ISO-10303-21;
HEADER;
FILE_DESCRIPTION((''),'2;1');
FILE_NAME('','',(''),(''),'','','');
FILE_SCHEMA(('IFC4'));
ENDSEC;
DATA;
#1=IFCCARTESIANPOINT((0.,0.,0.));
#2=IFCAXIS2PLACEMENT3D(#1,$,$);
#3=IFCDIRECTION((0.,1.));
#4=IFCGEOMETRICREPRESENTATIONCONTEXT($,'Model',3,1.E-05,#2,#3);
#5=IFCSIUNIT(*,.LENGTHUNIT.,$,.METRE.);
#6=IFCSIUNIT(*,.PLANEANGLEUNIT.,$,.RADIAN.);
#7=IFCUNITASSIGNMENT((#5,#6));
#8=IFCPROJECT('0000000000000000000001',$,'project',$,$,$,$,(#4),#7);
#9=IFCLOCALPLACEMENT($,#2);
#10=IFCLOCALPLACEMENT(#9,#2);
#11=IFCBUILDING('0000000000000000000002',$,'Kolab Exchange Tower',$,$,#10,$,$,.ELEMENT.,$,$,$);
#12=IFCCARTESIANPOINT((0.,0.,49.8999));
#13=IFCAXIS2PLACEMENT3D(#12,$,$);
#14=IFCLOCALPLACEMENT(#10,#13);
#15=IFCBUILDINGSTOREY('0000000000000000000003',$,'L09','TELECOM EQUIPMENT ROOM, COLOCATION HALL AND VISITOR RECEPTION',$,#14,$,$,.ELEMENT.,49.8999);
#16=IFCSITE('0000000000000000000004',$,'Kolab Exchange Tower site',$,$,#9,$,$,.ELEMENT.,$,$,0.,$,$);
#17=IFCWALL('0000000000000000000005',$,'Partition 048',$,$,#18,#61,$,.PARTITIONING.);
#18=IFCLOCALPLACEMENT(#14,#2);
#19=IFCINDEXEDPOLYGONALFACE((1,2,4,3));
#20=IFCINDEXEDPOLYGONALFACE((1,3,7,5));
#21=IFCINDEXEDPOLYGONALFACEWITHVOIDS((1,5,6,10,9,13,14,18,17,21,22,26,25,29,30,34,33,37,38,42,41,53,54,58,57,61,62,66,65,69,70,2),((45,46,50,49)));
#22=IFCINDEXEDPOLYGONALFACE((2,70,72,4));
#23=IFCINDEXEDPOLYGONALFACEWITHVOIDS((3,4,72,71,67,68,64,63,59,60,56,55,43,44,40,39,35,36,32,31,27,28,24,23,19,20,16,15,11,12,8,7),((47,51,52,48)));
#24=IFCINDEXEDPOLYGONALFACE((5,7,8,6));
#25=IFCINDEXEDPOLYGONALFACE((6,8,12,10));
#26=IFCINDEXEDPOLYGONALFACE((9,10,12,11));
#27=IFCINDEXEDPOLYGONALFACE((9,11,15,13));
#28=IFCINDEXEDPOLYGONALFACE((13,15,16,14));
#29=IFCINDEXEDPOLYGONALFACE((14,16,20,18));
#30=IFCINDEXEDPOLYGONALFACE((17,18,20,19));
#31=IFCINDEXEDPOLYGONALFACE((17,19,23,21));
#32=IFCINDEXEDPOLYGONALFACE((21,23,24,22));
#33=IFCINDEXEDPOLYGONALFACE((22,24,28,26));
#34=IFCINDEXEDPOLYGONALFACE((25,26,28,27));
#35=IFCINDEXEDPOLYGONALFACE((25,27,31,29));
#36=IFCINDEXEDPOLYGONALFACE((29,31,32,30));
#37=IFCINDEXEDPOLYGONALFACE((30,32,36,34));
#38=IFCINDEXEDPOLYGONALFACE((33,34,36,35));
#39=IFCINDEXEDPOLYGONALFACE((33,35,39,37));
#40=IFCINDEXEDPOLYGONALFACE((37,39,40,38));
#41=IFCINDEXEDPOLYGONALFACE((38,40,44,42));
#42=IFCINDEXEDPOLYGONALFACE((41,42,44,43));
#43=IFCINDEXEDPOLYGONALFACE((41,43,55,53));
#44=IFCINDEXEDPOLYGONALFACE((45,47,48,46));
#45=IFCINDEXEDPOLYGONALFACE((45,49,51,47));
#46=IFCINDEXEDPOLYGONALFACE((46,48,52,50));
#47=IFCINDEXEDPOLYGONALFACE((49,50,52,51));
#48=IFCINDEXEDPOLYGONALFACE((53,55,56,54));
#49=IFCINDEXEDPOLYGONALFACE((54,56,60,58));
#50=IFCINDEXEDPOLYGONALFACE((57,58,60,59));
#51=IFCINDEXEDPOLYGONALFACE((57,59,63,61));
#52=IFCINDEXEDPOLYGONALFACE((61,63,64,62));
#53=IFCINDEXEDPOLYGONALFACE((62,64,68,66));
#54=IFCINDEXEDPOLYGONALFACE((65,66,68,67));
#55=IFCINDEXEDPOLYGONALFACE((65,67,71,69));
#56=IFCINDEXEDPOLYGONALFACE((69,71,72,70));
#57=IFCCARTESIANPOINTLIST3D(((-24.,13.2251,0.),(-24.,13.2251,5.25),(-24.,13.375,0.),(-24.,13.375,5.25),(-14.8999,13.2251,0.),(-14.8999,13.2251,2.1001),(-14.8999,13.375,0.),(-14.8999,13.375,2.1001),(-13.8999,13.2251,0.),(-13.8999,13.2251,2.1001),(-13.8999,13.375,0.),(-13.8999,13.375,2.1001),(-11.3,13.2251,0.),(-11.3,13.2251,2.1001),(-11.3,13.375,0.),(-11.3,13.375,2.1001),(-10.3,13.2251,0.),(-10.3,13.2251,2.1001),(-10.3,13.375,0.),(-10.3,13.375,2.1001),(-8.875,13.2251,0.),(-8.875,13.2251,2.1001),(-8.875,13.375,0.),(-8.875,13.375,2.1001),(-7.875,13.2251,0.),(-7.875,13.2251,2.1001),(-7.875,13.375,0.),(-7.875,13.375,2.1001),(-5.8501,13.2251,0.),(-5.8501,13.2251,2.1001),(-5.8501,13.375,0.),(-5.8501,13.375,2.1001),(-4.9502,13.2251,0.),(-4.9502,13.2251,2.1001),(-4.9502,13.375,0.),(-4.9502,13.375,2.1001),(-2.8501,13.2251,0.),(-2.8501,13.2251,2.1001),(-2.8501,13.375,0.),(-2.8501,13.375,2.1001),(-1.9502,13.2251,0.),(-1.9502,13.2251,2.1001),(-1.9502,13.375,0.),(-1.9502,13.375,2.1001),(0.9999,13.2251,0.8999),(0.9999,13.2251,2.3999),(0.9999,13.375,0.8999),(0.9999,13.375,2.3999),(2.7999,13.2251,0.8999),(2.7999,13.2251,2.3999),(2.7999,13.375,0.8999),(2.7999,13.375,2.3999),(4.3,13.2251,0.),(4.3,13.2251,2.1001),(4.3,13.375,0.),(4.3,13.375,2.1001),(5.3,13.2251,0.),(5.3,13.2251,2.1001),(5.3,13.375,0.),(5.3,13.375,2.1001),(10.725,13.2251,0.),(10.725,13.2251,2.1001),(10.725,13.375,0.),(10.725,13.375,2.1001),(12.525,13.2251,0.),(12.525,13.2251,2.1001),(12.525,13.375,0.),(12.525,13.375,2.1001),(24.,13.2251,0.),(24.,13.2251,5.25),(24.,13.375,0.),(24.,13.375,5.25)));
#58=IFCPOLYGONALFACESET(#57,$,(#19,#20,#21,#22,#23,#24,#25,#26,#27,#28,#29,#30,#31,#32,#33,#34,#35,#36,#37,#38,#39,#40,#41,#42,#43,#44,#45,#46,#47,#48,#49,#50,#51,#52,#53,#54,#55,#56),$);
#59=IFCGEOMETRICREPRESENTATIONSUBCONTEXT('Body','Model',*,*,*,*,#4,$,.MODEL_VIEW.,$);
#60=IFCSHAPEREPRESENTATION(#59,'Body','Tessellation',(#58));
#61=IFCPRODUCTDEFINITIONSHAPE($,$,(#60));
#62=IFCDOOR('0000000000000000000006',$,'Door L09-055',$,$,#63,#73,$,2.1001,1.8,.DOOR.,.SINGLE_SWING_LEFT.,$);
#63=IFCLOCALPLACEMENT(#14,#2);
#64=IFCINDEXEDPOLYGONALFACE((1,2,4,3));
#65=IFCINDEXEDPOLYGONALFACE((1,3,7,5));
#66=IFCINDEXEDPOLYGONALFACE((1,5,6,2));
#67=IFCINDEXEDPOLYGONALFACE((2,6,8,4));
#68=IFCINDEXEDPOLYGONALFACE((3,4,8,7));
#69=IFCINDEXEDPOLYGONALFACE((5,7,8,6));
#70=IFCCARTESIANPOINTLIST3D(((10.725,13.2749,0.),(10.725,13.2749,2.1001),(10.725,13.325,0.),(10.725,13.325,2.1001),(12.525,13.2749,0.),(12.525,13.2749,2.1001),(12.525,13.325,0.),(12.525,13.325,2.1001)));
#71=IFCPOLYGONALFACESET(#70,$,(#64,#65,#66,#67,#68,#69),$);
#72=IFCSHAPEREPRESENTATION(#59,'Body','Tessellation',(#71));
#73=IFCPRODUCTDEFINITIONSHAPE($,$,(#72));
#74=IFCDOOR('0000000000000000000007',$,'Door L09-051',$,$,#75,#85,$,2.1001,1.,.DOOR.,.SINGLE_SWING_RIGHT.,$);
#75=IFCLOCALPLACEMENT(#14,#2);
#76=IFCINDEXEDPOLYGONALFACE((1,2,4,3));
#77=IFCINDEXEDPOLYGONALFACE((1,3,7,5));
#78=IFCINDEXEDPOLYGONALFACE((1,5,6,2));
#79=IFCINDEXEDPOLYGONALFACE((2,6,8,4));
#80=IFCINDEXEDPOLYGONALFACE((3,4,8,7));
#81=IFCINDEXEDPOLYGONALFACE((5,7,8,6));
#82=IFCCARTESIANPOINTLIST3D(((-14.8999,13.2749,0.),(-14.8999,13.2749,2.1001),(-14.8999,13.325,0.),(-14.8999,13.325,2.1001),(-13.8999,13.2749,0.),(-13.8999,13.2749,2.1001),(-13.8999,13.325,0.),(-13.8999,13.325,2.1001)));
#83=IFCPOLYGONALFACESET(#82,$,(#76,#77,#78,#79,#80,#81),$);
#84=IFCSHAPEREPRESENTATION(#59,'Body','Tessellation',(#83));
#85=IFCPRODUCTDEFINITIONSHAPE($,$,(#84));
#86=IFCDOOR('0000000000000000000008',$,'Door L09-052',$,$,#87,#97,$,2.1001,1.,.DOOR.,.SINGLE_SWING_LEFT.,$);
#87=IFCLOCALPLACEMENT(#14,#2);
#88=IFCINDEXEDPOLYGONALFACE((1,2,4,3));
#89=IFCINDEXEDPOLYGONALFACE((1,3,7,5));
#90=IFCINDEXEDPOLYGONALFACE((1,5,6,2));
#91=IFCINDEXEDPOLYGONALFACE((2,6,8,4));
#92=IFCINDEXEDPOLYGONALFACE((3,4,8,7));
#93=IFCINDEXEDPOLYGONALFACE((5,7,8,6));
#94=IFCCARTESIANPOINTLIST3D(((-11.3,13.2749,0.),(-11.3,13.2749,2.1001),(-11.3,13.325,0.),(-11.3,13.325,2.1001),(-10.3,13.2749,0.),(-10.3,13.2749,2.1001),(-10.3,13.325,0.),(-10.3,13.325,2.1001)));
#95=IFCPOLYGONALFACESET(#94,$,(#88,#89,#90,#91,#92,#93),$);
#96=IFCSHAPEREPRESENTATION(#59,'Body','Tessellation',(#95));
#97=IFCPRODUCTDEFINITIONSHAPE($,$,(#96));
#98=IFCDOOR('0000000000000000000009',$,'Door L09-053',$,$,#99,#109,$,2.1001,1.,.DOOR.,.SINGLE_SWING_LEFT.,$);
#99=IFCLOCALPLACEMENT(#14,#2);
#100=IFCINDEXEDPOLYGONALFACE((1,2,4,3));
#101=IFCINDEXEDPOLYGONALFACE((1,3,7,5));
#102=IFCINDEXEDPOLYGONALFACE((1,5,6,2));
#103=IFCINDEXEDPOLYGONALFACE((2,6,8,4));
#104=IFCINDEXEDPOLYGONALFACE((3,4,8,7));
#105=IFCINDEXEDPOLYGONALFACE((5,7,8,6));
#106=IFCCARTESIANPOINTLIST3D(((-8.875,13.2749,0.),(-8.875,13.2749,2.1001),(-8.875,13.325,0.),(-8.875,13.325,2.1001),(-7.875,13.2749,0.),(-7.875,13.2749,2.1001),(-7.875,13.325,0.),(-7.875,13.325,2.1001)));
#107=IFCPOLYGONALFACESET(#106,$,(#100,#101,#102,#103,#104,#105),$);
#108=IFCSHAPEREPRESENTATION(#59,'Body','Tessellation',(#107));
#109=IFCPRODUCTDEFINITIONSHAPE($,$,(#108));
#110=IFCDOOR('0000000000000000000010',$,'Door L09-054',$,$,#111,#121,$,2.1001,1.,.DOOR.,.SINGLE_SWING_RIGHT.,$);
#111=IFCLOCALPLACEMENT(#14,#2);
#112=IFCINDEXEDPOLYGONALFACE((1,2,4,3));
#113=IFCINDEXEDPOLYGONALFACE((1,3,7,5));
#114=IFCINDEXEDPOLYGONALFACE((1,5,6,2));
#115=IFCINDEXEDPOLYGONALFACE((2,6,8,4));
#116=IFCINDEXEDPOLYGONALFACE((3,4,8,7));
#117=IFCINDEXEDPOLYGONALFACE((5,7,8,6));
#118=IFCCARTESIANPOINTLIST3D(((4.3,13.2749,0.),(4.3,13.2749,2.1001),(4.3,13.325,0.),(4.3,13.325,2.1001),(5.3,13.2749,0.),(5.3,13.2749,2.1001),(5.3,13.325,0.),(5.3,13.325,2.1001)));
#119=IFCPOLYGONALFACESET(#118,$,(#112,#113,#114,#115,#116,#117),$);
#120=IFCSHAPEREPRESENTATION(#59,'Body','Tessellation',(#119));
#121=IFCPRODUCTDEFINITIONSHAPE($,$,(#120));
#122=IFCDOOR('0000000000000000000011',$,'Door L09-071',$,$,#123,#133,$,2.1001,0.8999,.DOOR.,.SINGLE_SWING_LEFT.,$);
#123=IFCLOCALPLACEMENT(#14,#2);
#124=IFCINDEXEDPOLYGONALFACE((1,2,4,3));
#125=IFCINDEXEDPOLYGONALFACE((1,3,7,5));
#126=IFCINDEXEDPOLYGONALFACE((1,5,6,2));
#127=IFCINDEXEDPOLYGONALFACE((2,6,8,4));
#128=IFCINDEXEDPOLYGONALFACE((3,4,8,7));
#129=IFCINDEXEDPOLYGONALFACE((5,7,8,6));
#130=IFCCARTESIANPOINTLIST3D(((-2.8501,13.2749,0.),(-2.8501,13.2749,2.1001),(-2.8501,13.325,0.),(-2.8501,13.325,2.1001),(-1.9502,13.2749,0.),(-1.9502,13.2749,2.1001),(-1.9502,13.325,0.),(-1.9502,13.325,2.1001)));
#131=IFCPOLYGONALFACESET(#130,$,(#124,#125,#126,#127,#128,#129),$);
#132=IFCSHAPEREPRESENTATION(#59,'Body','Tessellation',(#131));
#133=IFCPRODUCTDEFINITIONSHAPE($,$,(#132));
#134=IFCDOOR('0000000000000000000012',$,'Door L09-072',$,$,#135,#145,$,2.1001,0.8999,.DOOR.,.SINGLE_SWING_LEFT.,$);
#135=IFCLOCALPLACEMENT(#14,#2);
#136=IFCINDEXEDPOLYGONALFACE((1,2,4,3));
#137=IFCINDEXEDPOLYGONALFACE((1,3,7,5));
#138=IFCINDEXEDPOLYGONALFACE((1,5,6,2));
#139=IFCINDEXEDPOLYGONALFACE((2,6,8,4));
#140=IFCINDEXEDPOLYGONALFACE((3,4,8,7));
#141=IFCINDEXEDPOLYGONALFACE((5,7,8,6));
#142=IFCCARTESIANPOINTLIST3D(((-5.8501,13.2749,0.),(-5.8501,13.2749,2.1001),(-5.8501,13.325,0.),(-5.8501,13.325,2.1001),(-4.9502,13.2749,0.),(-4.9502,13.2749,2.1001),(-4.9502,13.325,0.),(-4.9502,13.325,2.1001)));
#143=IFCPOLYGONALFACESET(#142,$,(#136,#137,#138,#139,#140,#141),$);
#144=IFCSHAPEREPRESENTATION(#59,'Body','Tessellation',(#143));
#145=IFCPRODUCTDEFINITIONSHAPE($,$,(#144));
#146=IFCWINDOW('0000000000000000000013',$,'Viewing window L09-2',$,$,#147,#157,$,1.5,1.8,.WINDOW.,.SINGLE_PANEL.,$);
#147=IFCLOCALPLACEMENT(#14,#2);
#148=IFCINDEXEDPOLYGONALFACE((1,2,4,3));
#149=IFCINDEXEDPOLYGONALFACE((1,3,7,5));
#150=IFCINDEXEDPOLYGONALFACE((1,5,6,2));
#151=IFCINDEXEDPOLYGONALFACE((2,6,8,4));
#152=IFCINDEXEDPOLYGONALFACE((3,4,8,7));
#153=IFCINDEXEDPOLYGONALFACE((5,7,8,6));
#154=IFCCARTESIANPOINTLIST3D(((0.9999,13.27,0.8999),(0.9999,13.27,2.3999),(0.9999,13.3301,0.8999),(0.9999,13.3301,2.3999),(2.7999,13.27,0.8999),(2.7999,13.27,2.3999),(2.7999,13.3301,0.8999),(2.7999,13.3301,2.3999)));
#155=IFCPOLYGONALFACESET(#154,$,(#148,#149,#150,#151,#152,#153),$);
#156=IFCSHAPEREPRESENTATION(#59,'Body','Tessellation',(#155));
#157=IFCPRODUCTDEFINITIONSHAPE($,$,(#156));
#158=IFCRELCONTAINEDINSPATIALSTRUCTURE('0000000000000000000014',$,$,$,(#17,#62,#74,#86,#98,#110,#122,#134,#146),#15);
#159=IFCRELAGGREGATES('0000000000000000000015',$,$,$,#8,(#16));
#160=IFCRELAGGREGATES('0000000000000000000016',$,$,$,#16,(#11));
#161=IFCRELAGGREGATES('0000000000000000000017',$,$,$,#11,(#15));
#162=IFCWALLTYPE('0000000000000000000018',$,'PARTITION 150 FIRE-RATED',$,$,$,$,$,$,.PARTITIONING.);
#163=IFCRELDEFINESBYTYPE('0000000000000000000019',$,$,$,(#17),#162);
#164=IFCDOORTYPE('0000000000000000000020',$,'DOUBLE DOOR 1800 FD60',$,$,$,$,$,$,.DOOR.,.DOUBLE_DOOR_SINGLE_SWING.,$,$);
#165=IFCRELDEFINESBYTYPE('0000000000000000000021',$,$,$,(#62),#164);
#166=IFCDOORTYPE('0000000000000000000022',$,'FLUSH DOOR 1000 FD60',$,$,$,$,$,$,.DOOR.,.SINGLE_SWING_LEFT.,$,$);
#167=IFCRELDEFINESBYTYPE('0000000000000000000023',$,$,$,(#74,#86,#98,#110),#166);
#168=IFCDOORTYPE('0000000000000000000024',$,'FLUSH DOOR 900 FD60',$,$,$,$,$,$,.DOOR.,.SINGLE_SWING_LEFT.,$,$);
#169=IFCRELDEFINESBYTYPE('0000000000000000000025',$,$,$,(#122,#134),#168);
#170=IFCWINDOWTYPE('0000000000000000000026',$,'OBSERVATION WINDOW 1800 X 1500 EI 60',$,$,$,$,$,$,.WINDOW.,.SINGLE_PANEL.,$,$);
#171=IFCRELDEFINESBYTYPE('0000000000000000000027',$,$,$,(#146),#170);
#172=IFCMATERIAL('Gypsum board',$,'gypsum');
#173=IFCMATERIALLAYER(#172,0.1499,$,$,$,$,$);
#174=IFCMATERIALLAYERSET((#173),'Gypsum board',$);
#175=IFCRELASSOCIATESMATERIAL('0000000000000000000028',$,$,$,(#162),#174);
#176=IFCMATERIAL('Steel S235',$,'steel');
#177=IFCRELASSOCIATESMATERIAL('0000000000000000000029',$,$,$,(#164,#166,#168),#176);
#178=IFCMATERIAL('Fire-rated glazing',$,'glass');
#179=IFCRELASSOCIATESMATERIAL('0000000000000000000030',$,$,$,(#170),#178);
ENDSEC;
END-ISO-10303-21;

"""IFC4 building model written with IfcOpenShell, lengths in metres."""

from ifc_helpers import new_model, si_unit, direction, frame, frame_2d, origin, place, context, subcontext, project, spatial, rectangle, extrude, material, layer, layer_set, type_object, element, fill, save


model = new_model("IFC4")

# Units and contexts
model_context = context("Model", 3, precision=1e-05, world=origin(), true_north=direction((0.0, 1.0)))
body_context = subcontext(model_context, "Body", "Model", "MODEL_VIEW")
ifc_project = project(units=[si_unit("LENGTHUNIT", "METRE"), si_unit("PLANEANGLEUNIT", "RADIAN")], contexts=[model_context])

# Site, building, storey
site_placement = place(None, origin())
site = spatial("IfcSite", under=ifc_project, at=site_placement, Name="Kolab Exchange Tower site", CompositionType="ELEMENT", RefElevation=0.0)
building_placement = place(site_placement, origin())
building = spatial("IfcBuilding", under=site, at=building_placement, Name="Kolab Exchange Tower", CompositionType="ELEMENT")
storey_placement = place(building_placement, frame((0.0, 0.0, 49.8999)))
storey = spatial("IfcBuildingStorey", under=building, at=storey_placement, Name="L09", Description="TELECOM EQUIPMENT ROOM, COLOCATION HALL AND VISITOR RECEPTION", CompositionType="ELEMENT", Elevation=49.8999)

# Shared definitions
ifc_material_1 = material(Name="Gypsum board", Category="gypsum")
ifc_layer_1 = layer(ifc_material_1, 0.1499)
ifc_layer_set_1 = layer_set([ifc_layer_1], Name="Gypsum board")
wall_type = type_object("IfcWallType", Name="PARTITION 150 FIRE-RATED", PredefinedType="PARTITIONING", material=ifc_layer_set_1)

# Wall, openings, doors, window
wall_1_placement = place(storey_placement, frame((-24.0, 13.3, 0.0), z_axis=(0.0, 0.0, 1.0), x_axis=(1.0, 0.0, 0.0)))
wall_1 = element("IfcWall", 1, at=wall_1_placement, inside=storey, type_object=wall_type, Name="Partition 048", PredefinedType="PARTITIONING", context=body_context, shape_type="SweptSolid", body=[
    extrude(rectangle(XDim=48.0, YDim=0.1499, at=frame_2d((24.0, 0.0))), origin(), (0.0, 0.0, 1.0), 5.25),
])
opening_1_placement = place(wall_1_placement, frame((9.1001, 0.0, 0.0)))
opening_1 = element("IfcOpeningElement", 2, at=opening_1_placement, cuts=wall_1, PredefinedType="OPENING", context=body_context, shape_type="SweptSolid", body=[
    extrude(rectangle(XDim=1.0, YDim=2.1001, at=frame_2d((0.5, 1.05))), frame((0.0, 0.085, 0.0), z_axis=(0.0, -1.0, 0.0), x_axis=(1.0, 0.0, 0.0)), (0.0, 0.0, 1.0), 0.1699),
])
opening_2_placement = place(wall_1_placement, frame((12.7, 0.0, 0.0)))
opening_2 = element("IfcOpeningElement", 3, at=opening_2_placement, cuts=wall_1, PredefinedType="OPENING", context=body_context, shape_type="SweptSolid", body=[
    extrude(rectangle(XDim=1.0, YDim=2.1001, at=frame_2d((0.5, 1.05))), frame((0.0, 0.085, 0.0), z_axis=(0.0, -1.0, 0.0), x_axis=(1.0, 0.0, 0.0)), (0.0, 0.0, 1.0), 0.1699),
])
opening_3_placement = place(wall_1_placement, frame((15.125, 0.0, 0.0)))
opening_3 = element("IfcOpeningElement", 4, at=opening_3_placement, cuts=wall_1, PredefinedType="OPENING", context=body_context, shape_type="SweptSolid", body=[
    extrude(rectangle(XDim=1.0, YDim=2.1001, at=frame_2d((0.5, 1.05))), frame((0.0, 0.085, 0.0), z_axis=(0.0, -1.0, 0.0), x_axis=(1.0, 0.0, 0.0)), (0.0, 0.0, 1.0), 0.1699),
])
opening_4_placement = place(wall_1_placement, frame((28.3, 0.0, 0.0)))
opening_4 = element("IfcOpeningElement", 5, at=opening_4_placement, cuts=wall_1, PredefinedType="OPENING", context=body_context, shape_type="SweptSolid", body=[
    extrude(rectangle(XDim=1.0, YDim=2.1001, at=frame_2d((0.5, 1.05))), frame((0.0, 0.085, 0.0), z_axis=(0.0, -1.0, 0.0), x_axis=(1.0, 0.0, 0.0)), (0.0, 0.0, 1.0), 0.1699),
])
opening_5_placement = place(wall_1_placement, frame((34.7251, 0.0, 0.0)))
opening_5 = element("IfcOpeningElement", 6, at=opening_5_placement, cuts=wall_1, PredefinedType="OPENING", context=body_context, shape_type="SweptSolid", body=[
    extrude(rectangle(XDim=1.8, YDim=2.1001, at=frame_2d((0.8999, 1.05))), frame((0.0, 0.085, 0.0), z_axis=(0.0, -1.0, 0.0), x_axis=(1.0, 0.0, 0.0)), (0.0, 0.0, 1.0), 0.1699),
])
opening_6_placement = place(wall_1_placement, frame((21.1499, 0.0, 0.0)))
opening_6 = element("IfcOpeningElement", 7, at=opening_6_placement, cuts=wall_1, PredefinedType="OPENING", context=body_context, shape_type="SweptSolid", body=[
    extrude(rectangle(XDim=0.8999, YDim=2.1001, at=frame_2d((0.45, 1.05))), frame((0.0, 0.085, 0.0), z_axis=(0.0, -1.0, 0.0), x_axis=(1.0, 0.0, 0.0)), (0.0, 0.0, 1.0), 0.1699),
])
opening_7_placement = place(wall_1_placement, frame((18.1499, 0.0, 0.0)))
opening_7 = element("IfcOpeningElement", 8, at=opening_7_placement, cuts=wall_1, PredefinedType="OPENING", context=body_context, shape_type="SweptSolid", body=[
    extrude(rectangle(XDim=0.8999, YDim=2.1001, at=frame_2d((0.45, 1.05))), frame((0.0, 0.085, 0.0), z_axis=(0.0, -1.0, 0.0), x_axis=(1.0, 0.0, 0.0)), (0.0, 0.0, 1.0), 0.1699),
])
opening_8_placement = place(wall_1_placement, frame((25.0, 0.0, 0.8999)))
opening_8 = element("IfcOpeningElement", 9, at=opening_8_placement, cuts=wall_1, PredefinedType="OPENING", context=body_context, shape_type="SweptSolid", body=[
    extrude(rectangle(XDim=1.8, YDim=1.5, at=frame_2d((0.8999, 0.75))), frame((0.0, 0.085, 0.0), z_axis=(0.0, -1.0, 0.0), x_axis=(1.0, 0.0, 0.0)), (0.0, 0.0, 1.0), 0.1699),
])
ifc_material_2 = material(Name="Steel S235", Category="steel")
door_type_1 = type_object("IfcDoorType", Name="DOUBLE DOOR 1800 FD60", OperationType="DOUBLE_DOOR_SINGLE_SWING", PredefinedType="DOOR", material=ifc_material_2)
door_1_placement = place(opening_5_placement, origin())
door_1 = element("IfcDoor", 10, at=door_1_placement, inside=storey, type_object=door_type_1, Name="Door L09-055", OperationType="SINGLE_SWING_LEFT", OverallHeight=2.1001, OverallWidth=1.8, PredefinedType="DOOR", context=body_context, shape_type="SweptSolid", body=[
    extrude(rectangle(XDim=1.8, YDim=2.1001, at=frame_2d((0.8999, 1.05))), frame((0.0, 0.0249, 0.0), z_axis=(0.0, -1.0, 0.0), x_axis=(1.0, 0.0, 0.0)), (0.0, 0.0, 1.0), 0.05),
])
fill(opening_5, door_1)
door_type_2 = type_object("IfcDoorType", Name="FLUSH DOOR 1000 FD60", OperationType="SINGLE_SWING_LEFT", PredefinedType="DOOR", material=ifc_material_2)
door_2_placement = place(opening_1_placement, origin())
door_2 = element("IfcDoor", 11, at=door_2_placement, inside=storey, type_object=door_type_2, Name="Door L09-051", OperationType="SINGLE_SWING_RIGHT", OverallHeight=2.1001, OverallWidth=1.0, PredefinedType="DOOR", context=body_context, shape_type="SweptSolid", body=[
    extrude(rectangle(XDim=1.0, YDim=2.1001, at=frame_2d((0.5, 1.05))), frame((0.0, 0.0249, 0.0), z_axis=(0.0, -1.0, 0.0), x_axis=(1.0, 0.0, 0.0)), (0.0, 0.0, 1.0), 0.05),
])
fill(opening_1, door_2)
door_3_placement = place(opening_2_placement, origin())
door_3 = element("IfcDoor", 12, at=door_3_placement, inside=storey, type_object=door_type_2, Name="Door L09-052", OperationType="SINGLE_SWING_LEFT", OverallHeight=2.1001, OverallWidth=1.0, PredefinedType="DOOR", context=body_context, shape_type="SweptSolid", body=[
    extrude(rectangle(XDim=1.0, YDim=2.1001, at=frame_2d((0.5, 1.05))), frame((0.0, 0.0249, 0.0), z_axis=(0.0, -1.0, 0.0), x_axis=(1.0, 0.0, 0.0)), (0.0, 0.0, 1.0), 0.05),
])
fill(opening_2, door_3)
door_4_placement = place(opening_3_placement, origin())
door_4 = element("IfcDoor", 13, at=door_4_placement, inside=storey, type_object=door_type_2, Name="Door L09-053", OperationType="SINGLE_SWING_LEFT", OverallHeight=2.1001, OverallWidth=1.0, PredefinedType="DOOR", context=body_context, shape_type="SweptSolid", body=[
    extrude(rectangle(XDim=1.0, YDim=2.1001, at=frame_2d((0.5, 1.05))), frame((0.0, 0.0249, 0.0), z_axis=(0.0, -1.0, 0.0), x_axis=(1.0, 0.0, 0.0)), (0.0, 0.0, 1.0), 0.05),
])
fill(opening_3, door_4)
door_5_placement = place(opening_4_placement, origin())
door_5 = element("IfcDoor", 14, at=door_5_placement, inside=storey, type_object=door_type_2, Name="Door L09-054", OperationType="SINGLE_SWING_RIGHT", OverallHeight=2.1001, OverallWidth=1.0, PredefinedType="DOOR", context=body_context, shape_type="SweptSolid", body=[
    extrude(rectangle(XDim=1.0, YDim=2.1001, at=frame_2d((0.5, 1.05))), frame((0.0, 0.0249, 0.0), z_axis=(0.0, -1.0, 0.0), x_axis=(1.0, 0.0, 0.0)), (0.0, 0.0, 1.0), 0.05),
])
fill(opening_4, door_5)
door_type_3 = type_object("IfcDoorType", Name="FLUSH DOOR 900 FD60", OperationType="SINGLE_SWING_LEFT", PredefinedType="DOOR", material=ifc_material_2)
door_6_placement = place(opening_6_placement, origin())
door_6 = element("IfcDoor", 15, at=door_6_placement, inside=storey, type_object=door_type_3, Name="Door L09-071", OperationType="SINGLE_SWING_LEFT", OverallHeight=2.1001, OverallWidth=0.8999, PredefinedType="DOOR", context=body_context, shape_type="SweptSolid", body=[
    extrude(rectangle(XDim=0.8999, YDim=2.1001, at=frame_2d((0.45, 1.05))), frame((0.0, 0.0249, 0.0), z_axis=(0.0, -1.0, 0.0), x_axis=(1.0, 0.0, 0.0)), (0.0, 0.0, 1.0), 0.05),
])
fill(opening_6, door_6)
door_7_placement = place(opening_7_placement, origin())
door_7 = element("IfcDoor", 16, at=door_7_placement, inside=storey, type_object=door_type_3, Name="Door L09-072", OperationType="SINGLE_SWING_LEFT", OverallHeight=2.1001, OverallWidth=0.8999, PredefinedType="DOOR", context=body_context, shape_type="SweptSolid", body=[
    extrude(rectangle(XDim=0.8999, YDim=2.1001, at=frame_2d((0.45, 1.05))), frame((0.0, 0.0249, 0.0), z_axis=(0.0, -1.0, 0.0), x_axis=(1.0, 0.0, 0.0)), (0.0, 0.0, 1.0), 0.05),
])
fill(opening_7, door_7)
ifc_material_3 = material(Name="Fire-rated glazing", Category="glass")
window_type = type_object("IfcWindowType", Name="OBSERVATION WINDOW 1800 X 1500 EI 60", PartitioningType="SINGLE_PANEL", PredefinedType="WINDOW", material=ifc_material_3)
window_placement = place(opening_8_placement, origin())
window = element("IfcWindow", 17, at=window_placement, inside=storey, type_object=window_type, Name="Viewing window L09-2", OverallHeight=1.5, OverallWidth=1.8, PartitioningType="SINGLE_PANEL", PredefinedType="WINDOW", context=body_context, shape_type="SweptSolid", body=[
    extrude(rectangle(XDim=1.8, YDim=1.5, at=frame_2d((0.8999, 0.75))), frame((0.0, 0.03, 0.0), z_axis=(0.0, -1.0, 0.0), x_axis=(1.0, 0.0, 0.0)), (0.0, 0.0, 1.0), 0.0601),
])
fill(opening_8, window)

save(model, "model.ifc")
